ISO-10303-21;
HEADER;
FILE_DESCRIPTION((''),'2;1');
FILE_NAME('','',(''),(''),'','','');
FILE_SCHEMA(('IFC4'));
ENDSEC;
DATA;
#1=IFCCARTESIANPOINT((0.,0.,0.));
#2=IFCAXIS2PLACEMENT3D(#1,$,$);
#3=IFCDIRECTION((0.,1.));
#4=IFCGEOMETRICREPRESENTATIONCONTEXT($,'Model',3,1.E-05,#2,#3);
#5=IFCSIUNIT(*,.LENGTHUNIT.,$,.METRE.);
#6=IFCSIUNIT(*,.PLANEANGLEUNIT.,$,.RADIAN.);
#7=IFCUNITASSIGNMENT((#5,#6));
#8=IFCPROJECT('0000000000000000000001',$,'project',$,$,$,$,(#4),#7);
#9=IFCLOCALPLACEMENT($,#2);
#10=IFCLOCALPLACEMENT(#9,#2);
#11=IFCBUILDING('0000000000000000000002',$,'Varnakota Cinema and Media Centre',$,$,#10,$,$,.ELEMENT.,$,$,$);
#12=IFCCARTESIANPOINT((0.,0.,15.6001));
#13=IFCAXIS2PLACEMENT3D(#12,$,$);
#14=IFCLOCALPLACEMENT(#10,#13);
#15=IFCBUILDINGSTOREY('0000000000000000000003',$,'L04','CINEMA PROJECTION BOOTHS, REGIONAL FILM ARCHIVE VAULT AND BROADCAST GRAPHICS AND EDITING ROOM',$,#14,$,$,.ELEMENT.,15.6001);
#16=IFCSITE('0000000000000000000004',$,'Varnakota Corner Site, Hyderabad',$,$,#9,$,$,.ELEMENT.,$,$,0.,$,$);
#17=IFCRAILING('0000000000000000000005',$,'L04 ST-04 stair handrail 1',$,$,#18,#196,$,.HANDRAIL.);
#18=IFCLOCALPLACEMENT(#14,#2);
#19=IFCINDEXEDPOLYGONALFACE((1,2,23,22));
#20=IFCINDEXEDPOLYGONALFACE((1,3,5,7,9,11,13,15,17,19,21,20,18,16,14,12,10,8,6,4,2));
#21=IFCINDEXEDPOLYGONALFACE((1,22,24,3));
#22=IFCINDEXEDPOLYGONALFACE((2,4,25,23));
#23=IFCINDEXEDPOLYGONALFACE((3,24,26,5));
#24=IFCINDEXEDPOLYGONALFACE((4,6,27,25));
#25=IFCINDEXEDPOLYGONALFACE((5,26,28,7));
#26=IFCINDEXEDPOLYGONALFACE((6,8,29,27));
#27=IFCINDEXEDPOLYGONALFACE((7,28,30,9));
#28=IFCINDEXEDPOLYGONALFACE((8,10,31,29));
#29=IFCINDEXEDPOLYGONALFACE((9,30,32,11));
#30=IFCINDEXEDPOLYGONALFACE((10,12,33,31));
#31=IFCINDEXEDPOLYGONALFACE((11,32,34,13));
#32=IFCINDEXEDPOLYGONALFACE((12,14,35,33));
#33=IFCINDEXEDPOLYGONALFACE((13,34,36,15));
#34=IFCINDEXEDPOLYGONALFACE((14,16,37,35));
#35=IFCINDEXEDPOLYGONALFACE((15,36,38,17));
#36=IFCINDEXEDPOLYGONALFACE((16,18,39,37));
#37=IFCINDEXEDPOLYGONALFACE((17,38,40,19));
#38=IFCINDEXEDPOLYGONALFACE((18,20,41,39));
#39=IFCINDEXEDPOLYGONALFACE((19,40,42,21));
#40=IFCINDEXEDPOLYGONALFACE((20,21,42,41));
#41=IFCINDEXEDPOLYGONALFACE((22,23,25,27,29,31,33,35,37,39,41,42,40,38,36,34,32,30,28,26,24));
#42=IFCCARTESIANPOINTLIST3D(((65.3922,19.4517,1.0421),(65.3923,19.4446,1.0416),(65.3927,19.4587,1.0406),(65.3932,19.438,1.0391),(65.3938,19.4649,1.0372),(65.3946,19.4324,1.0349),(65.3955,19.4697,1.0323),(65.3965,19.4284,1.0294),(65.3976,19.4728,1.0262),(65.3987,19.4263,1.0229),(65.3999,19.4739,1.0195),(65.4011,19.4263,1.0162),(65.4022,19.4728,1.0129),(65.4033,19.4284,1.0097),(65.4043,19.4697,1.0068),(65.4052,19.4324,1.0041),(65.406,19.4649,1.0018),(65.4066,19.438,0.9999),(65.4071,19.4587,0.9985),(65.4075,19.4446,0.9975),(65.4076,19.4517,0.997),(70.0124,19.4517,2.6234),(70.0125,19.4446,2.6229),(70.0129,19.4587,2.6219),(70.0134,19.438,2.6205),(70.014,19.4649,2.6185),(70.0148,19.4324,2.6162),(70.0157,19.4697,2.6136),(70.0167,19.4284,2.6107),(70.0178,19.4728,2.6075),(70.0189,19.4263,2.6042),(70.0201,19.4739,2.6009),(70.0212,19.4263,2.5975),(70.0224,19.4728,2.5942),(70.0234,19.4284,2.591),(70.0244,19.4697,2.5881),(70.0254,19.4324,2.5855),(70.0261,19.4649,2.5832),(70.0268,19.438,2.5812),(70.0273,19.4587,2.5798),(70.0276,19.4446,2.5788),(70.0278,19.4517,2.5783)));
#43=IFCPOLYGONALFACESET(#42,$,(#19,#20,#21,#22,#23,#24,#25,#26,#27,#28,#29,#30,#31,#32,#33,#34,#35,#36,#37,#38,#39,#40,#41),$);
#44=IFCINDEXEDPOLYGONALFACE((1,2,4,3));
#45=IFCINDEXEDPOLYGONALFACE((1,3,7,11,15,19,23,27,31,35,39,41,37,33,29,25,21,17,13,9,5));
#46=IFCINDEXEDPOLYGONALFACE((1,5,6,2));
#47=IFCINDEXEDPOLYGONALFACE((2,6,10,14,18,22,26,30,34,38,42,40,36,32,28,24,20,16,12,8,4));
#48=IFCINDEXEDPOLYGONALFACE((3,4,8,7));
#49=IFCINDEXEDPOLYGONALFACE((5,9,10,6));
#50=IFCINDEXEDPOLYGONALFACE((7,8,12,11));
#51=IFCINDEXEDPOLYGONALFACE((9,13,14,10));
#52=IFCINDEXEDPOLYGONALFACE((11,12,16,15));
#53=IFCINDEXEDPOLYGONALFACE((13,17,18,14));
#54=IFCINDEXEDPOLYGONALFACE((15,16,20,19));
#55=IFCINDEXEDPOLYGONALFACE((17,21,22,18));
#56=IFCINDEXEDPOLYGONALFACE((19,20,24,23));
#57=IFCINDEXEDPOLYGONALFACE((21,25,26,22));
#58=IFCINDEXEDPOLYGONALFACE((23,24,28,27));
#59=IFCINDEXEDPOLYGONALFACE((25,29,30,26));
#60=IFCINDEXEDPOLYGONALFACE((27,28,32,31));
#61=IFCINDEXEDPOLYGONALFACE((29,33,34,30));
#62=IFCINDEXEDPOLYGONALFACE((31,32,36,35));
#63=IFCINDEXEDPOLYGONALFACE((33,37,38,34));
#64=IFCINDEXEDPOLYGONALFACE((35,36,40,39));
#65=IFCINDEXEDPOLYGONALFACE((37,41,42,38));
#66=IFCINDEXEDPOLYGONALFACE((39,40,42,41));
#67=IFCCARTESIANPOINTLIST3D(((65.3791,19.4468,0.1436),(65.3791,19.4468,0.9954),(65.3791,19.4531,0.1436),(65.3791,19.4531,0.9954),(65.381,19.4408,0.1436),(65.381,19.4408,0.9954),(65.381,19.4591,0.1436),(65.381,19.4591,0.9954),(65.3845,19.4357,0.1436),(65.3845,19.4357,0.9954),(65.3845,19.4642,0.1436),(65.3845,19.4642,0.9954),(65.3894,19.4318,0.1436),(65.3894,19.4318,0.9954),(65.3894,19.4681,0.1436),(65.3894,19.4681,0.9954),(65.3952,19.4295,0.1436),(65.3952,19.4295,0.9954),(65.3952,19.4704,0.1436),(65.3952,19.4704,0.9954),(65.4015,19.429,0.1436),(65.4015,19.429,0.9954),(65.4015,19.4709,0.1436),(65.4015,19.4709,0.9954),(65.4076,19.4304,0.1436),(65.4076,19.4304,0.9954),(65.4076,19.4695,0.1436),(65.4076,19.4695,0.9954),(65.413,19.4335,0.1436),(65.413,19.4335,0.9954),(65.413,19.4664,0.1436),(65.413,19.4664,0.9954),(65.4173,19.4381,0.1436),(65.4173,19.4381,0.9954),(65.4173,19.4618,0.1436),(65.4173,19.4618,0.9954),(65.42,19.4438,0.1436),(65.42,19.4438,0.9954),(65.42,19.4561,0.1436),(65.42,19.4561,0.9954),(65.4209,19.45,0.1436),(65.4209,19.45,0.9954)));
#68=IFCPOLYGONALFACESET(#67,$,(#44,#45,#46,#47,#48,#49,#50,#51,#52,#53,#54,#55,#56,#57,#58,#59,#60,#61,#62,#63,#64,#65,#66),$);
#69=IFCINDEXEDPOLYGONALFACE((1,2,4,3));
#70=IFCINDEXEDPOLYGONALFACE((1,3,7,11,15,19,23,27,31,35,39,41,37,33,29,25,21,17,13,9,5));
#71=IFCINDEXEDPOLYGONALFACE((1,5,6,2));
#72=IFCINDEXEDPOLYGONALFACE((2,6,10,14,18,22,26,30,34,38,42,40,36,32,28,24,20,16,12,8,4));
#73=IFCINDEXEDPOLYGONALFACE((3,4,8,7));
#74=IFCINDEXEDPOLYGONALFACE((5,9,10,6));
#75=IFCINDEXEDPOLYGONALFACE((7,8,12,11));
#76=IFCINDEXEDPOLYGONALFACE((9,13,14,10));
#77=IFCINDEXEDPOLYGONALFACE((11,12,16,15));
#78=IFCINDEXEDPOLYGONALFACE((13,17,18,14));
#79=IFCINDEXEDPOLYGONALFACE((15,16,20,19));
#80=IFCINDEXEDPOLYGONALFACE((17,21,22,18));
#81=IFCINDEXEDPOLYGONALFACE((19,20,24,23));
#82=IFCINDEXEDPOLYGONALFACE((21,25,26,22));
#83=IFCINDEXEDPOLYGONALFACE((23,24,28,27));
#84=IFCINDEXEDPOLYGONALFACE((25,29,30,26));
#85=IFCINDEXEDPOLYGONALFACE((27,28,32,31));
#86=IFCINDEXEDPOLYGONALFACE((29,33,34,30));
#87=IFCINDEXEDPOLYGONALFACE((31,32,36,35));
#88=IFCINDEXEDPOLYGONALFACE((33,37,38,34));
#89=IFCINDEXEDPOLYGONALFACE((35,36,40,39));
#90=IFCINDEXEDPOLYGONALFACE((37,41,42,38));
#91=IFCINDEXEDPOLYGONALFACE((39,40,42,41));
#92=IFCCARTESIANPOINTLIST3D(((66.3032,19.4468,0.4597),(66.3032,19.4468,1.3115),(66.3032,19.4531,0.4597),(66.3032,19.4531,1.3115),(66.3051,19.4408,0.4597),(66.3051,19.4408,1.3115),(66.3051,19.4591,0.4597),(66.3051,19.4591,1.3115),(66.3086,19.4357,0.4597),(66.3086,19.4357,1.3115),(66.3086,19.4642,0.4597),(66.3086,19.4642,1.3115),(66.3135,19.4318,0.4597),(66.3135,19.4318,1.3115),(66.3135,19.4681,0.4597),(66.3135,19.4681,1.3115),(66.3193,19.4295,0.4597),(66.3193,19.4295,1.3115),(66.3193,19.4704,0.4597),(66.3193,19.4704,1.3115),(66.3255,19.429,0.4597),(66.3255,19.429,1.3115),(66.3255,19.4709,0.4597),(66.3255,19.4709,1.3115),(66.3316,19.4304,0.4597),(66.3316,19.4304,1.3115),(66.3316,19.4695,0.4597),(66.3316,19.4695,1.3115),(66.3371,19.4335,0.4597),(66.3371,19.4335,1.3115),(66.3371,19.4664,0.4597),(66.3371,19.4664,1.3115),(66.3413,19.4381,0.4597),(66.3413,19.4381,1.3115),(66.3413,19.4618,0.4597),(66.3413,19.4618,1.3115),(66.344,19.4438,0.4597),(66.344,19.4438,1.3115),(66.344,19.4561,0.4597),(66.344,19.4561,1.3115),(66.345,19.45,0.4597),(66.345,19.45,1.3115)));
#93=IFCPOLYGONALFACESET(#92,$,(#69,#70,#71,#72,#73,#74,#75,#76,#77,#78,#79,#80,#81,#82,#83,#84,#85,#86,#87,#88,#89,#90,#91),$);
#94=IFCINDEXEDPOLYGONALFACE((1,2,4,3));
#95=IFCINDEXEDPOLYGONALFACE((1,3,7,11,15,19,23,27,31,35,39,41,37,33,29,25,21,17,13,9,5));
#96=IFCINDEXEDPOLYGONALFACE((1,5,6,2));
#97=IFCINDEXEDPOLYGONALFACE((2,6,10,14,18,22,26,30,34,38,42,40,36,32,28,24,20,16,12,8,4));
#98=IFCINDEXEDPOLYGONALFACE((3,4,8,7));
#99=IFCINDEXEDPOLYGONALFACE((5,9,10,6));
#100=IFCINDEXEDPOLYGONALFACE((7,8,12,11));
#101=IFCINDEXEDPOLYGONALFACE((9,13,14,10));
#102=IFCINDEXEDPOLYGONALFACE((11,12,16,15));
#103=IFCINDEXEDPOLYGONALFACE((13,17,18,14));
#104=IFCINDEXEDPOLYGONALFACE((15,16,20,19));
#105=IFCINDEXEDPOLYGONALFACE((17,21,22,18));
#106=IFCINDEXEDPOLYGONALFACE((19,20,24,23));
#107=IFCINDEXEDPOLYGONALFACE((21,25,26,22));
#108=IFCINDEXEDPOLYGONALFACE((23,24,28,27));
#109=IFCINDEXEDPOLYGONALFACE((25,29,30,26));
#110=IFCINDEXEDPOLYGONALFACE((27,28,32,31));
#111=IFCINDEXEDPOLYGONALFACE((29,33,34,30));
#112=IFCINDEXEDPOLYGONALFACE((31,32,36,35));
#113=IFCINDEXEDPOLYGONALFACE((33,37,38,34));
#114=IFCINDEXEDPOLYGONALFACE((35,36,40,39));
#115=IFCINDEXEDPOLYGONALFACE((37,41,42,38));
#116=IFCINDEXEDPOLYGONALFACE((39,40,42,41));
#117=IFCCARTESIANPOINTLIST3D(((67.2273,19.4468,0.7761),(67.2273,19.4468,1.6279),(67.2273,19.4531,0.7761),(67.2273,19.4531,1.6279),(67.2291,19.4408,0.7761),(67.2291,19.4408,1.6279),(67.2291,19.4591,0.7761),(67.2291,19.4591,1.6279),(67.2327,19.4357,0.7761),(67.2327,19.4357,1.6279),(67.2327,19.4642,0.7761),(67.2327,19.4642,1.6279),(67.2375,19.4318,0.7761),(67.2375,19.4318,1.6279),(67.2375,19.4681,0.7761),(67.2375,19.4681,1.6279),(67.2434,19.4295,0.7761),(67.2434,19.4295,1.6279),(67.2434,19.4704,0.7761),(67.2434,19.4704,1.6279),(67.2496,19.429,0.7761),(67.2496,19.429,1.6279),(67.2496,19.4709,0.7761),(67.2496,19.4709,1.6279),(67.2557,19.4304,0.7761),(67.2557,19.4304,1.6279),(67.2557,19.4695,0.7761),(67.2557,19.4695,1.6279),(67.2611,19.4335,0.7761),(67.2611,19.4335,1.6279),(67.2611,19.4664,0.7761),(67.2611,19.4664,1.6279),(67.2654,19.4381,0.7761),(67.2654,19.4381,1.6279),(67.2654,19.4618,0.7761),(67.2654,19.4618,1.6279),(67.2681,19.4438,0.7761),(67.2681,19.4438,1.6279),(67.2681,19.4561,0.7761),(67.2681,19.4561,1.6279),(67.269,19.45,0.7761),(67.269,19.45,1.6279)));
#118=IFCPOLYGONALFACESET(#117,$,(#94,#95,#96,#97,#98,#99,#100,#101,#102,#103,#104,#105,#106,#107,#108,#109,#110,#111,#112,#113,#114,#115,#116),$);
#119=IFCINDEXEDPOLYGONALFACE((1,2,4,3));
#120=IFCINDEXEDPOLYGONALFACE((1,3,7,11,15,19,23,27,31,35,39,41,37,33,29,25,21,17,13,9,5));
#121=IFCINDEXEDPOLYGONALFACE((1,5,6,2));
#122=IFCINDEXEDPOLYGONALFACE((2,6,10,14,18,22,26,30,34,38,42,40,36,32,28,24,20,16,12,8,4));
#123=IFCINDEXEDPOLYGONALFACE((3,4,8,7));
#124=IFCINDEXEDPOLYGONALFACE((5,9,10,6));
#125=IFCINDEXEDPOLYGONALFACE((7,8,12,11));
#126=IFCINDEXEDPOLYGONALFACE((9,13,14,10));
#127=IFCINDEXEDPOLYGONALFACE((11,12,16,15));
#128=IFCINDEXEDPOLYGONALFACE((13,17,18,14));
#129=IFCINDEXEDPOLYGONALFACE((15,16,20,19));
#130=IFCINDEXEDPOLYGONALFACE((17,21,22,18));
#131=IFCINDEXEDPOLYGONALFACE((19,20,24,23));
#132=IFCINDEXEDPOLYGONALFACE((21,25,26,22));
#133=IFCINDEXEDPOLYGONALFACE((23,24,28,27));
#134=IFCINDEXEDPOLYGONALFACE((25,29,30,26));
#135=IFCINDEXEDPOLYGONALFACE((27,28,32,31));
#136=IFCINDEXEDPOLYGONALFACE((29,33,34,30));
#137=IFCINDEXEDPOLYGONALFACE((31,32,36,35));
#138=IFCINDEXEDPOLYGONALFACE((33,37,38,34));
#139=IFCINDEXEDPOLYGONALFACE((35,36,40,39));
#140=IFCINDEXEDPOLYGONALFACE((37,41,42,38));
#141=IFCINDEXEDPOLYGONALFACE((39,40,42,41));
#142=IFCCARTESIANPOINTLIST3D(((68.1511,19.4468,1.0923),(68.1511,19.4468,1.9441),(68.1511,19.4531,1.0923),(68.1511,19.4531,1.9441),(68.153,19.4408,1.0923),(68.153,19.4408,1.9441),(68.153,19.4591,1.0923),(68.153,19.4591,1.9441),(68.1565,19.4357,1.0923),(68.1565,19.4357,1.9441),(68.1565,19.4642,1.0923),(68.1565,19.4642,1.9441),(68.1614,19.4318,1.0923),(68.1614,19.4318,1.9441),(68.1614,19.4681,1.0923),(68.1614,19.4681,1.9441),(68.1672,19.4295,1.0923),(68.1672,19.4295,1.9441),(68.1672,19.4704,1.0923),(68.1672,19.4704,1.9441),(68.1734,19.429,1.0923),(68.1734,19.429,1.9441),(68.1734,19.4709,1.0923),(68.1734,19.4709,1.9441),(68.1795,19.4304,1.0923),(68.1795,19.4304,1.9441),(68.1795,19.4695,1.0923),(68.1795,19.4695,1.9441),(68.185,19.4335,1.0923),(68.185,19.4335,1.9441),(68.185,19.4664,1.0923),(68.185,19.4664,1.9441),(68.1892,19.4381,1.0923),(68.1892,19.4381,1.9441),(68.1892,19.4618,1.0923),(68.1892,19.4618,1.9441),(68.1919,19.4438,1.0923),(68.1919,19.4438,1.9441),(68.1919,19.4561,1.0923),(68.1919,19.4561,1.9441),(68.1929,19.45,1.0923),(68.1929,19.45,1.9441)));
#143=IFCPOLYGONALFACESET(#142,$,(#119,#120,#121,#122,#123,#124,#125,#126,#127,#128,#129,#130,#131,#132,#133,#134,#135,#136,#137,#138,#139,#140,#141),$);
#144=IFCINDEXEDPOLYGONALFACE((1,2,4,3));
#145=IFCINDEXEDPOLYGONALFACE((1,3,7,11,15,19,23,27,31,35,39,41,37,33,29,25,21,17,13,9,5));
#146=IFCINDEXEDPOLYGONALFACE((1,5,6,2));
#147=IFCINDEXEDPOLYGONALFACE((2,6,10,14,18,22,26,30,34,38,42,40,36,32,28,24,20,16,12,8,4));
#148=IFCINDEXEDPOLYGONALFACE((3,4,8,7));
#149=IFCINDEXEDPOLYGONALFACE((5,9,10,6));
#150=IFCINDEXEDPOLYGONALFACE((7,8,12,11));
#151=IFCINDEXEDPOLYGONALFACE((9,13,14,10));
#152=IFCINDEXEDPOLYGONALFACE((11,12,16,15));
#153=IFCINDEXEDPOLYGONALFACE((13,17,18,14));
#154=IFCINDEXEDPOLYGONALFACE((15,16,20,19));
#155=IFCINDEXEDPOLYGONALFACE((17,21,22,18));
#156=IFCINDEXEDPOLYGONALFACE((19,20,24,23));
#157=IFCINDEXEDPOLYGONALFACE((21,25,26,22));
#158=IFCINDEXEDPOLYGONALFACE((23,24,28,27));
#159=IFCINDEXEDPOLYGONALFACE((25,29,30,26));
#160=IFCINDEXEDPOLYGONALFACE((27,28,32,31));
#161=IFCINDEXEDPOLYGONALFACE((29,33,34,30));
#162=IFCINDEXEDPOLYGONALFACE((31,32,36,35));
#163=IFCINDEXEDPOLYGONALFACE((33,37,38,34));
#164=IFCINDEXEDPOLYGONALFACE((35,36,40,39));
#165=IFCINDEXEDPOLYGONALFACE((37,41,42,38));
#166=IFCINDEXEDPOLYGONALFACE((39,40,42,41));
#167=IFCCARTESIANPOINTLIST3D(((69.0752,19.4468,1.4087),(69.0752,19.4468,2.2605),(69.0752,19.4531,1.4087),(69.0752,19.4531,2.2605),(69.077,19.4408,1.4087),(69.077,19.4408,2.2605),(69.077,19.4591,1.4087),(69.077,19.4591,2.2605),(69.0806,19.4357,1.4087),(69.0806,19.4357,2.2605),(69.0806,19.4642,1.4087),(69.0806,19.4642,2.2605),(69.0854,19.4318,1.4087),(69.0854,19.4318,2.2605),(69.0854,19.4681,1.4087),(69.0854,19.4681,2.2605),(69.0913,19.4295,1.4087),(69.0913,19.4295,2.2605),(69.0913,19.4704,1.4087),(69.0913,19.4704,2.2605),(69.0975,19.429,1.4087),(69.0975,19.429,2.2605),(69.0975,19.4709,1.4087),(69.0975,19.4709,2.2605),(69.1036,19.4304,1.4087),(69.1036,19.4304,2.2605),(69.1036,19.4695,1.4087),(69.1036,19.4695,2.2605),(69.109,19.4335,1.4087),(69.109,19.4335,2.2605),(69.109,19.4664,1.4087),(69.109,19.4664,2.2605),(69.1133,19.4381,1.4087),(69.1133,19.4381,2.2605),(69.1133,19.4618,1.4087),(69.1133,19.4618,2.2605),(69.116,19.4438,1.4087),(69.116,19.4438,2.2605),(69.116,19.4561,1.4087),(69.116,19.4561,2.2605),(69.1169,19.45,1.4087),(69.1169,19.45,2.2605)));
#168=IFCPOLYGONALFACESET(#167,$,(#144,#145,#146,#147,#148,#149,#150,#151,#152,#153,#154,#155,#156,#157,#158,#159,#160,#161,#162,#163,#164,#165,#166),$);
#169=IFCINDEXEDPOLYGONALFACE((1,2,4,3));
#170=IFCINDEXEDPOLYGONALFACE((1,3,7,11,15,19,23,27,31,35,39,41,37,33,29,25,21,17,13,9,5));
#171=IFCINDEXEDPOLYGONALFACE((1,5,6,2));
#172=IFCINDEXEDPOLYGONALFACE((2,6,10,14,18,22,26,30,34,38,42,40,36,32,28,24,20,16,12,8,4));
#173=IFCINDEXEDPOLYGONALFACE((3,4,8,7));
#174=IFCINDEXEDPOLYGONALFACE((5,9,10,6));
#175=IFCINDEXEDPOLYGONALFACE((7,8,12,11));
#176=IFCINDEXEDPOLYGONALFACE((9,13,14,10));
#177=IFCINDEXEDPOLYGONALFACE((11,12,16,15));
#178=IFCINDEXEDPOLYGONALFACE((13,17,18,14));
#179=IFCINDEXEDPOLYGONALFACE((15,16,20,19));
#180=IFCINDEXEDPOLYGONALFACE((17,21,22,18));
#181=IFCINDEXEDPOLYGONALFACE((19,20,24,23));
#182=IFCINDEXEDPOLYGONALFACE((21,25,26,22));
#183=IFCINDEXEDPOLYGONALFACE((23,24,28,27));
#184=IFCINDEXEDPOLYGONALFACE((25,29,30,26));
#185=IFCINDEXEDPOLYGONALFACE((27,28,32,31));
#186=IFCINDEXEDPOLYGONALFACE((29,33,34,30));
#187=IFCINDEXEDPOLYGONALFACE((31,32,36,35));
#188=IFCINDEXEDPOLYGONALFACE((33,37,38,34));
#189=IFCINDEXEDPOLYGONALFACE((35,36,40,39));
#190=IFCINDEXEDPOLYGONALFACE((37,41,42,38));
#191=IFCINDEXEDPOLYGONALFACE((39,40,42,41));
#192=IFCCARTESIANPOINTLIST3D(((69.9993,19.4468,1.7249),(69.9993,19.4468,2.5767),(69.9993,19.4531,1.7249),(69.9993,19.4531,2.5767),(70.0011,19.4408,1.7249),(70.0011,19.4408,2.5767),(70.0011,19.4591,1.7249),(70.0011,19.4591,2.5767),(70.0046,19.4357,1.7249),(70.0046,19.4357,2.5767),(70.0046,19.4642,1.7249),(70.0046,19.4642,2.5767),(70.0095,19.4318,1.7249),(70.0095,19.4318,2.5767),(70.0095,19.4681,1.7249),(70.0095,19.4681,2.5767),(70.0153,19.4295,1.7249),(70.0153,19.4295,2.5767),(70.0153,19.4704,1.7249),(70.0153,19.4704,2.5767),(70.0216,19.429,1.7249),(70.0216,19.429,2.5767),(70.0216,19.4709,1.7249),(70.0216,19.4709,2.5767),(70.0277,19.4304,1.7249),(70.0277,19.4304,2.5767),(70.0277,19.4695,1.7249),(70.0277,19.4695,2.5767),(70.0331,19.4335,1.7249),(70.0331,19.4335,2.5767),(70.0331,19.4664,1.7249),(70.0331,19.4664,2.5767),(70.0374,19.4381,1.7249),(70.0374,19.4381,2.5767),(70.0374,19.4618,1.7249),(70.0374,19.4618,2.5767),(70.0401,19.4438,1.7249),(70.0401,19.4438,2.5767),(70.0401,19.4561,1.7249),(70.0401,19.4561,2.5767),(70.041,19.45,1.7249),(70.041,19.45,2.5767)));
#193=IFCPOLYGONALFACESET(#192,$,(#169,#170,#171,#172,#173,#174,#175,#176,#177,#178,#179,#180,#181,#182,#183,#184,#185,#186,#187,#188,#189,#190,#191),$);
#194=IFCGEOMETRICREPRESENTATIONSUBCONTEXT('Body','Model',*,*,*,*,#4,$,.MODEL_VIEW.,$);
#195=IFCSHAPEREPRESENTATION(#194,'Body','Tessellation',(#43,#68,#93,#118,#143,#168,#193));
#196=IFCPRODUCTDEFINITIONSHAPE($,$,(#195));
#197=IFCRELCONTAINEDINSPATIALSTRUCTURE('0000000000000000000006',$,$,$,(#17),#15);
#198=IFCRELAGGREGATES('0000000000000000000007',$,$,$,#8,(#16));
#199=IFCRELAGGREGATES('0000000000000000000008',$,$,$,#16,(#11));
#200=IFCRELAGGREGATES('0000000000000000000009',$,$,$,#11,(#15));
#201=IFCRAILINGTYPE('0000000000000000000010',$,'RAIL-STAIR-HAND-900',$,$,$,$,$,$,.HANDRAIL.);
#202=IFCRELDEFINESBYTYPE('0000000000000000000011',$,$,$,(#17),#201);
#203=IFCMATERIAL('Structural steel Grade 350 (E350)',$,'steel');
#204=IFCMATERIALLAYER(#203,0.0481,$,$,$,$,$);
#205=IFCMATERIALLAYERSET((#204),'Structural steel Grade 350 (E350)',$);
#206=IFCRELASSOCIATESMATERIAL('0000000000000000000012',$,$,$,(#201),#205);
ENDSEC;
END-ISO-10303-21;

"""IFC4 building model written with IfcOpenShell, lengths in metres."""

from ifc_helpers import new_model, si_unit, direction, frame, origin, origin_2d, place, context, subcontext, project, spatial, circle, extrude, material, layer, layer_set, type_object, element, save


model = new_model("IFC4")

# Units and contexts
model_context = context("Model", 3, precision=1e-05, world=origin(), true_north=direction((0.0, 1.0)))
body_context = subcontext(model_context, "Body", "Model", "MODEL_VIEW")
ifc_project = project(units=[si_unit("LENGTHUNIT", "METRE"), si_unit("PLANEANGLEUNIT", "RADIAN")], contexts=[model_context])

# Site, building, storey
site_placement = place(None, origin())
site = spatial("IfcSite", under=ifc_project, at=site_placement, Name="Varnakota Corner Site, Hyderabad", CompositionType="ELEMENT", RefElevation=0.0)
building_placement = place(site_placement, origin())
building = spatial("IfcBuilding", under=site, at=building_placement, Name="Varnakota Cinema and Media Centre", CompositionType="ELEMENT")
storey_placement = place(building_placement, frame((0.0, 0.0, 15.6001)))
storey = spatial("IfcBuildingStorey", under=building, at=storey_placement, Name="L04", Description="CINEMA PROJECTION BOOTHS, REGIONAL FILM ARCHIVE VAULT AND BROADCAST GRAPHICS AND EDITING ROOM", CompositionType="ELEMENT", Elevation=15.6001)

# Railing
ifc_material_1 = material(Name="Structural steel Grade 350 (E350)", Category="steel")
ifc_layer_1 = layer(ifc_material_1, 0.0481)
ifc_layer_set_1 = layer_set([ifc_layer_1], Name="Structural steel Grade 350 (E350)")
railing_type_1 = type_object("IfcRailingType", Name="RAIL-STAIR-HAND-900", PredefinedType="HANDRAIL", material=ifc_layer_set_1)
railing_1_placement = place(storey_placement, frame((65.3999, 19.45, 0.1436)))
element("IfcRailing", 1, at=railing_1_placement, inside=storey, type_object=railing_type_1, Name="L04 ST-04 stair handrail 1", PredefinedType="HANDRAIL", context=body_context, shape_type="SweptSolid", body=[
    extrude(circle(Radius=0.0239, at=origin_2d()), frame((0.0, 0.0, 0.876), z_axis=(0.946118, 0.0, 0.323822), x_axis=(0.0, 1.0, 0.0)), (0.0, 0.0, 1.0), 4.8833),
    extrude(circle(Radius=0.021, at=origin_2d()), origin(), (0.0, 0.0, 1.0), 0.8518),
    extrude(circle(Radius=0.021, at=origin_2d()), frame((0.9241, 0.0, 0.3162)), (0.0, 0.0, 1.0), 0.8518),
    extrude(circle(Radius=0.021, at=origin_2d()), frame((1.8481, 0.0, 0.6326)), (0.0, 0.0, 1.0), 0.8518),
    extrude(circle(Radius=0.021, at=origin_2d()), frame((2.772, 0.0, 0.9487)), (0.0, 0.0, 1.0), 0.8518),
    extrude(circle(Radius=0.021, at=origin_2d()), frame((3.696, 0.0, 1.2651)), (0.0, 0.0, 1.0), 0.8518),
    extrude(circle(Radius=0.021, at=origin_2d()), frame((4.6201, 0.0, 1.5813)), (0.0, 0.0, 1.0), 0.8518),
])

save(model, "model.ifc")
